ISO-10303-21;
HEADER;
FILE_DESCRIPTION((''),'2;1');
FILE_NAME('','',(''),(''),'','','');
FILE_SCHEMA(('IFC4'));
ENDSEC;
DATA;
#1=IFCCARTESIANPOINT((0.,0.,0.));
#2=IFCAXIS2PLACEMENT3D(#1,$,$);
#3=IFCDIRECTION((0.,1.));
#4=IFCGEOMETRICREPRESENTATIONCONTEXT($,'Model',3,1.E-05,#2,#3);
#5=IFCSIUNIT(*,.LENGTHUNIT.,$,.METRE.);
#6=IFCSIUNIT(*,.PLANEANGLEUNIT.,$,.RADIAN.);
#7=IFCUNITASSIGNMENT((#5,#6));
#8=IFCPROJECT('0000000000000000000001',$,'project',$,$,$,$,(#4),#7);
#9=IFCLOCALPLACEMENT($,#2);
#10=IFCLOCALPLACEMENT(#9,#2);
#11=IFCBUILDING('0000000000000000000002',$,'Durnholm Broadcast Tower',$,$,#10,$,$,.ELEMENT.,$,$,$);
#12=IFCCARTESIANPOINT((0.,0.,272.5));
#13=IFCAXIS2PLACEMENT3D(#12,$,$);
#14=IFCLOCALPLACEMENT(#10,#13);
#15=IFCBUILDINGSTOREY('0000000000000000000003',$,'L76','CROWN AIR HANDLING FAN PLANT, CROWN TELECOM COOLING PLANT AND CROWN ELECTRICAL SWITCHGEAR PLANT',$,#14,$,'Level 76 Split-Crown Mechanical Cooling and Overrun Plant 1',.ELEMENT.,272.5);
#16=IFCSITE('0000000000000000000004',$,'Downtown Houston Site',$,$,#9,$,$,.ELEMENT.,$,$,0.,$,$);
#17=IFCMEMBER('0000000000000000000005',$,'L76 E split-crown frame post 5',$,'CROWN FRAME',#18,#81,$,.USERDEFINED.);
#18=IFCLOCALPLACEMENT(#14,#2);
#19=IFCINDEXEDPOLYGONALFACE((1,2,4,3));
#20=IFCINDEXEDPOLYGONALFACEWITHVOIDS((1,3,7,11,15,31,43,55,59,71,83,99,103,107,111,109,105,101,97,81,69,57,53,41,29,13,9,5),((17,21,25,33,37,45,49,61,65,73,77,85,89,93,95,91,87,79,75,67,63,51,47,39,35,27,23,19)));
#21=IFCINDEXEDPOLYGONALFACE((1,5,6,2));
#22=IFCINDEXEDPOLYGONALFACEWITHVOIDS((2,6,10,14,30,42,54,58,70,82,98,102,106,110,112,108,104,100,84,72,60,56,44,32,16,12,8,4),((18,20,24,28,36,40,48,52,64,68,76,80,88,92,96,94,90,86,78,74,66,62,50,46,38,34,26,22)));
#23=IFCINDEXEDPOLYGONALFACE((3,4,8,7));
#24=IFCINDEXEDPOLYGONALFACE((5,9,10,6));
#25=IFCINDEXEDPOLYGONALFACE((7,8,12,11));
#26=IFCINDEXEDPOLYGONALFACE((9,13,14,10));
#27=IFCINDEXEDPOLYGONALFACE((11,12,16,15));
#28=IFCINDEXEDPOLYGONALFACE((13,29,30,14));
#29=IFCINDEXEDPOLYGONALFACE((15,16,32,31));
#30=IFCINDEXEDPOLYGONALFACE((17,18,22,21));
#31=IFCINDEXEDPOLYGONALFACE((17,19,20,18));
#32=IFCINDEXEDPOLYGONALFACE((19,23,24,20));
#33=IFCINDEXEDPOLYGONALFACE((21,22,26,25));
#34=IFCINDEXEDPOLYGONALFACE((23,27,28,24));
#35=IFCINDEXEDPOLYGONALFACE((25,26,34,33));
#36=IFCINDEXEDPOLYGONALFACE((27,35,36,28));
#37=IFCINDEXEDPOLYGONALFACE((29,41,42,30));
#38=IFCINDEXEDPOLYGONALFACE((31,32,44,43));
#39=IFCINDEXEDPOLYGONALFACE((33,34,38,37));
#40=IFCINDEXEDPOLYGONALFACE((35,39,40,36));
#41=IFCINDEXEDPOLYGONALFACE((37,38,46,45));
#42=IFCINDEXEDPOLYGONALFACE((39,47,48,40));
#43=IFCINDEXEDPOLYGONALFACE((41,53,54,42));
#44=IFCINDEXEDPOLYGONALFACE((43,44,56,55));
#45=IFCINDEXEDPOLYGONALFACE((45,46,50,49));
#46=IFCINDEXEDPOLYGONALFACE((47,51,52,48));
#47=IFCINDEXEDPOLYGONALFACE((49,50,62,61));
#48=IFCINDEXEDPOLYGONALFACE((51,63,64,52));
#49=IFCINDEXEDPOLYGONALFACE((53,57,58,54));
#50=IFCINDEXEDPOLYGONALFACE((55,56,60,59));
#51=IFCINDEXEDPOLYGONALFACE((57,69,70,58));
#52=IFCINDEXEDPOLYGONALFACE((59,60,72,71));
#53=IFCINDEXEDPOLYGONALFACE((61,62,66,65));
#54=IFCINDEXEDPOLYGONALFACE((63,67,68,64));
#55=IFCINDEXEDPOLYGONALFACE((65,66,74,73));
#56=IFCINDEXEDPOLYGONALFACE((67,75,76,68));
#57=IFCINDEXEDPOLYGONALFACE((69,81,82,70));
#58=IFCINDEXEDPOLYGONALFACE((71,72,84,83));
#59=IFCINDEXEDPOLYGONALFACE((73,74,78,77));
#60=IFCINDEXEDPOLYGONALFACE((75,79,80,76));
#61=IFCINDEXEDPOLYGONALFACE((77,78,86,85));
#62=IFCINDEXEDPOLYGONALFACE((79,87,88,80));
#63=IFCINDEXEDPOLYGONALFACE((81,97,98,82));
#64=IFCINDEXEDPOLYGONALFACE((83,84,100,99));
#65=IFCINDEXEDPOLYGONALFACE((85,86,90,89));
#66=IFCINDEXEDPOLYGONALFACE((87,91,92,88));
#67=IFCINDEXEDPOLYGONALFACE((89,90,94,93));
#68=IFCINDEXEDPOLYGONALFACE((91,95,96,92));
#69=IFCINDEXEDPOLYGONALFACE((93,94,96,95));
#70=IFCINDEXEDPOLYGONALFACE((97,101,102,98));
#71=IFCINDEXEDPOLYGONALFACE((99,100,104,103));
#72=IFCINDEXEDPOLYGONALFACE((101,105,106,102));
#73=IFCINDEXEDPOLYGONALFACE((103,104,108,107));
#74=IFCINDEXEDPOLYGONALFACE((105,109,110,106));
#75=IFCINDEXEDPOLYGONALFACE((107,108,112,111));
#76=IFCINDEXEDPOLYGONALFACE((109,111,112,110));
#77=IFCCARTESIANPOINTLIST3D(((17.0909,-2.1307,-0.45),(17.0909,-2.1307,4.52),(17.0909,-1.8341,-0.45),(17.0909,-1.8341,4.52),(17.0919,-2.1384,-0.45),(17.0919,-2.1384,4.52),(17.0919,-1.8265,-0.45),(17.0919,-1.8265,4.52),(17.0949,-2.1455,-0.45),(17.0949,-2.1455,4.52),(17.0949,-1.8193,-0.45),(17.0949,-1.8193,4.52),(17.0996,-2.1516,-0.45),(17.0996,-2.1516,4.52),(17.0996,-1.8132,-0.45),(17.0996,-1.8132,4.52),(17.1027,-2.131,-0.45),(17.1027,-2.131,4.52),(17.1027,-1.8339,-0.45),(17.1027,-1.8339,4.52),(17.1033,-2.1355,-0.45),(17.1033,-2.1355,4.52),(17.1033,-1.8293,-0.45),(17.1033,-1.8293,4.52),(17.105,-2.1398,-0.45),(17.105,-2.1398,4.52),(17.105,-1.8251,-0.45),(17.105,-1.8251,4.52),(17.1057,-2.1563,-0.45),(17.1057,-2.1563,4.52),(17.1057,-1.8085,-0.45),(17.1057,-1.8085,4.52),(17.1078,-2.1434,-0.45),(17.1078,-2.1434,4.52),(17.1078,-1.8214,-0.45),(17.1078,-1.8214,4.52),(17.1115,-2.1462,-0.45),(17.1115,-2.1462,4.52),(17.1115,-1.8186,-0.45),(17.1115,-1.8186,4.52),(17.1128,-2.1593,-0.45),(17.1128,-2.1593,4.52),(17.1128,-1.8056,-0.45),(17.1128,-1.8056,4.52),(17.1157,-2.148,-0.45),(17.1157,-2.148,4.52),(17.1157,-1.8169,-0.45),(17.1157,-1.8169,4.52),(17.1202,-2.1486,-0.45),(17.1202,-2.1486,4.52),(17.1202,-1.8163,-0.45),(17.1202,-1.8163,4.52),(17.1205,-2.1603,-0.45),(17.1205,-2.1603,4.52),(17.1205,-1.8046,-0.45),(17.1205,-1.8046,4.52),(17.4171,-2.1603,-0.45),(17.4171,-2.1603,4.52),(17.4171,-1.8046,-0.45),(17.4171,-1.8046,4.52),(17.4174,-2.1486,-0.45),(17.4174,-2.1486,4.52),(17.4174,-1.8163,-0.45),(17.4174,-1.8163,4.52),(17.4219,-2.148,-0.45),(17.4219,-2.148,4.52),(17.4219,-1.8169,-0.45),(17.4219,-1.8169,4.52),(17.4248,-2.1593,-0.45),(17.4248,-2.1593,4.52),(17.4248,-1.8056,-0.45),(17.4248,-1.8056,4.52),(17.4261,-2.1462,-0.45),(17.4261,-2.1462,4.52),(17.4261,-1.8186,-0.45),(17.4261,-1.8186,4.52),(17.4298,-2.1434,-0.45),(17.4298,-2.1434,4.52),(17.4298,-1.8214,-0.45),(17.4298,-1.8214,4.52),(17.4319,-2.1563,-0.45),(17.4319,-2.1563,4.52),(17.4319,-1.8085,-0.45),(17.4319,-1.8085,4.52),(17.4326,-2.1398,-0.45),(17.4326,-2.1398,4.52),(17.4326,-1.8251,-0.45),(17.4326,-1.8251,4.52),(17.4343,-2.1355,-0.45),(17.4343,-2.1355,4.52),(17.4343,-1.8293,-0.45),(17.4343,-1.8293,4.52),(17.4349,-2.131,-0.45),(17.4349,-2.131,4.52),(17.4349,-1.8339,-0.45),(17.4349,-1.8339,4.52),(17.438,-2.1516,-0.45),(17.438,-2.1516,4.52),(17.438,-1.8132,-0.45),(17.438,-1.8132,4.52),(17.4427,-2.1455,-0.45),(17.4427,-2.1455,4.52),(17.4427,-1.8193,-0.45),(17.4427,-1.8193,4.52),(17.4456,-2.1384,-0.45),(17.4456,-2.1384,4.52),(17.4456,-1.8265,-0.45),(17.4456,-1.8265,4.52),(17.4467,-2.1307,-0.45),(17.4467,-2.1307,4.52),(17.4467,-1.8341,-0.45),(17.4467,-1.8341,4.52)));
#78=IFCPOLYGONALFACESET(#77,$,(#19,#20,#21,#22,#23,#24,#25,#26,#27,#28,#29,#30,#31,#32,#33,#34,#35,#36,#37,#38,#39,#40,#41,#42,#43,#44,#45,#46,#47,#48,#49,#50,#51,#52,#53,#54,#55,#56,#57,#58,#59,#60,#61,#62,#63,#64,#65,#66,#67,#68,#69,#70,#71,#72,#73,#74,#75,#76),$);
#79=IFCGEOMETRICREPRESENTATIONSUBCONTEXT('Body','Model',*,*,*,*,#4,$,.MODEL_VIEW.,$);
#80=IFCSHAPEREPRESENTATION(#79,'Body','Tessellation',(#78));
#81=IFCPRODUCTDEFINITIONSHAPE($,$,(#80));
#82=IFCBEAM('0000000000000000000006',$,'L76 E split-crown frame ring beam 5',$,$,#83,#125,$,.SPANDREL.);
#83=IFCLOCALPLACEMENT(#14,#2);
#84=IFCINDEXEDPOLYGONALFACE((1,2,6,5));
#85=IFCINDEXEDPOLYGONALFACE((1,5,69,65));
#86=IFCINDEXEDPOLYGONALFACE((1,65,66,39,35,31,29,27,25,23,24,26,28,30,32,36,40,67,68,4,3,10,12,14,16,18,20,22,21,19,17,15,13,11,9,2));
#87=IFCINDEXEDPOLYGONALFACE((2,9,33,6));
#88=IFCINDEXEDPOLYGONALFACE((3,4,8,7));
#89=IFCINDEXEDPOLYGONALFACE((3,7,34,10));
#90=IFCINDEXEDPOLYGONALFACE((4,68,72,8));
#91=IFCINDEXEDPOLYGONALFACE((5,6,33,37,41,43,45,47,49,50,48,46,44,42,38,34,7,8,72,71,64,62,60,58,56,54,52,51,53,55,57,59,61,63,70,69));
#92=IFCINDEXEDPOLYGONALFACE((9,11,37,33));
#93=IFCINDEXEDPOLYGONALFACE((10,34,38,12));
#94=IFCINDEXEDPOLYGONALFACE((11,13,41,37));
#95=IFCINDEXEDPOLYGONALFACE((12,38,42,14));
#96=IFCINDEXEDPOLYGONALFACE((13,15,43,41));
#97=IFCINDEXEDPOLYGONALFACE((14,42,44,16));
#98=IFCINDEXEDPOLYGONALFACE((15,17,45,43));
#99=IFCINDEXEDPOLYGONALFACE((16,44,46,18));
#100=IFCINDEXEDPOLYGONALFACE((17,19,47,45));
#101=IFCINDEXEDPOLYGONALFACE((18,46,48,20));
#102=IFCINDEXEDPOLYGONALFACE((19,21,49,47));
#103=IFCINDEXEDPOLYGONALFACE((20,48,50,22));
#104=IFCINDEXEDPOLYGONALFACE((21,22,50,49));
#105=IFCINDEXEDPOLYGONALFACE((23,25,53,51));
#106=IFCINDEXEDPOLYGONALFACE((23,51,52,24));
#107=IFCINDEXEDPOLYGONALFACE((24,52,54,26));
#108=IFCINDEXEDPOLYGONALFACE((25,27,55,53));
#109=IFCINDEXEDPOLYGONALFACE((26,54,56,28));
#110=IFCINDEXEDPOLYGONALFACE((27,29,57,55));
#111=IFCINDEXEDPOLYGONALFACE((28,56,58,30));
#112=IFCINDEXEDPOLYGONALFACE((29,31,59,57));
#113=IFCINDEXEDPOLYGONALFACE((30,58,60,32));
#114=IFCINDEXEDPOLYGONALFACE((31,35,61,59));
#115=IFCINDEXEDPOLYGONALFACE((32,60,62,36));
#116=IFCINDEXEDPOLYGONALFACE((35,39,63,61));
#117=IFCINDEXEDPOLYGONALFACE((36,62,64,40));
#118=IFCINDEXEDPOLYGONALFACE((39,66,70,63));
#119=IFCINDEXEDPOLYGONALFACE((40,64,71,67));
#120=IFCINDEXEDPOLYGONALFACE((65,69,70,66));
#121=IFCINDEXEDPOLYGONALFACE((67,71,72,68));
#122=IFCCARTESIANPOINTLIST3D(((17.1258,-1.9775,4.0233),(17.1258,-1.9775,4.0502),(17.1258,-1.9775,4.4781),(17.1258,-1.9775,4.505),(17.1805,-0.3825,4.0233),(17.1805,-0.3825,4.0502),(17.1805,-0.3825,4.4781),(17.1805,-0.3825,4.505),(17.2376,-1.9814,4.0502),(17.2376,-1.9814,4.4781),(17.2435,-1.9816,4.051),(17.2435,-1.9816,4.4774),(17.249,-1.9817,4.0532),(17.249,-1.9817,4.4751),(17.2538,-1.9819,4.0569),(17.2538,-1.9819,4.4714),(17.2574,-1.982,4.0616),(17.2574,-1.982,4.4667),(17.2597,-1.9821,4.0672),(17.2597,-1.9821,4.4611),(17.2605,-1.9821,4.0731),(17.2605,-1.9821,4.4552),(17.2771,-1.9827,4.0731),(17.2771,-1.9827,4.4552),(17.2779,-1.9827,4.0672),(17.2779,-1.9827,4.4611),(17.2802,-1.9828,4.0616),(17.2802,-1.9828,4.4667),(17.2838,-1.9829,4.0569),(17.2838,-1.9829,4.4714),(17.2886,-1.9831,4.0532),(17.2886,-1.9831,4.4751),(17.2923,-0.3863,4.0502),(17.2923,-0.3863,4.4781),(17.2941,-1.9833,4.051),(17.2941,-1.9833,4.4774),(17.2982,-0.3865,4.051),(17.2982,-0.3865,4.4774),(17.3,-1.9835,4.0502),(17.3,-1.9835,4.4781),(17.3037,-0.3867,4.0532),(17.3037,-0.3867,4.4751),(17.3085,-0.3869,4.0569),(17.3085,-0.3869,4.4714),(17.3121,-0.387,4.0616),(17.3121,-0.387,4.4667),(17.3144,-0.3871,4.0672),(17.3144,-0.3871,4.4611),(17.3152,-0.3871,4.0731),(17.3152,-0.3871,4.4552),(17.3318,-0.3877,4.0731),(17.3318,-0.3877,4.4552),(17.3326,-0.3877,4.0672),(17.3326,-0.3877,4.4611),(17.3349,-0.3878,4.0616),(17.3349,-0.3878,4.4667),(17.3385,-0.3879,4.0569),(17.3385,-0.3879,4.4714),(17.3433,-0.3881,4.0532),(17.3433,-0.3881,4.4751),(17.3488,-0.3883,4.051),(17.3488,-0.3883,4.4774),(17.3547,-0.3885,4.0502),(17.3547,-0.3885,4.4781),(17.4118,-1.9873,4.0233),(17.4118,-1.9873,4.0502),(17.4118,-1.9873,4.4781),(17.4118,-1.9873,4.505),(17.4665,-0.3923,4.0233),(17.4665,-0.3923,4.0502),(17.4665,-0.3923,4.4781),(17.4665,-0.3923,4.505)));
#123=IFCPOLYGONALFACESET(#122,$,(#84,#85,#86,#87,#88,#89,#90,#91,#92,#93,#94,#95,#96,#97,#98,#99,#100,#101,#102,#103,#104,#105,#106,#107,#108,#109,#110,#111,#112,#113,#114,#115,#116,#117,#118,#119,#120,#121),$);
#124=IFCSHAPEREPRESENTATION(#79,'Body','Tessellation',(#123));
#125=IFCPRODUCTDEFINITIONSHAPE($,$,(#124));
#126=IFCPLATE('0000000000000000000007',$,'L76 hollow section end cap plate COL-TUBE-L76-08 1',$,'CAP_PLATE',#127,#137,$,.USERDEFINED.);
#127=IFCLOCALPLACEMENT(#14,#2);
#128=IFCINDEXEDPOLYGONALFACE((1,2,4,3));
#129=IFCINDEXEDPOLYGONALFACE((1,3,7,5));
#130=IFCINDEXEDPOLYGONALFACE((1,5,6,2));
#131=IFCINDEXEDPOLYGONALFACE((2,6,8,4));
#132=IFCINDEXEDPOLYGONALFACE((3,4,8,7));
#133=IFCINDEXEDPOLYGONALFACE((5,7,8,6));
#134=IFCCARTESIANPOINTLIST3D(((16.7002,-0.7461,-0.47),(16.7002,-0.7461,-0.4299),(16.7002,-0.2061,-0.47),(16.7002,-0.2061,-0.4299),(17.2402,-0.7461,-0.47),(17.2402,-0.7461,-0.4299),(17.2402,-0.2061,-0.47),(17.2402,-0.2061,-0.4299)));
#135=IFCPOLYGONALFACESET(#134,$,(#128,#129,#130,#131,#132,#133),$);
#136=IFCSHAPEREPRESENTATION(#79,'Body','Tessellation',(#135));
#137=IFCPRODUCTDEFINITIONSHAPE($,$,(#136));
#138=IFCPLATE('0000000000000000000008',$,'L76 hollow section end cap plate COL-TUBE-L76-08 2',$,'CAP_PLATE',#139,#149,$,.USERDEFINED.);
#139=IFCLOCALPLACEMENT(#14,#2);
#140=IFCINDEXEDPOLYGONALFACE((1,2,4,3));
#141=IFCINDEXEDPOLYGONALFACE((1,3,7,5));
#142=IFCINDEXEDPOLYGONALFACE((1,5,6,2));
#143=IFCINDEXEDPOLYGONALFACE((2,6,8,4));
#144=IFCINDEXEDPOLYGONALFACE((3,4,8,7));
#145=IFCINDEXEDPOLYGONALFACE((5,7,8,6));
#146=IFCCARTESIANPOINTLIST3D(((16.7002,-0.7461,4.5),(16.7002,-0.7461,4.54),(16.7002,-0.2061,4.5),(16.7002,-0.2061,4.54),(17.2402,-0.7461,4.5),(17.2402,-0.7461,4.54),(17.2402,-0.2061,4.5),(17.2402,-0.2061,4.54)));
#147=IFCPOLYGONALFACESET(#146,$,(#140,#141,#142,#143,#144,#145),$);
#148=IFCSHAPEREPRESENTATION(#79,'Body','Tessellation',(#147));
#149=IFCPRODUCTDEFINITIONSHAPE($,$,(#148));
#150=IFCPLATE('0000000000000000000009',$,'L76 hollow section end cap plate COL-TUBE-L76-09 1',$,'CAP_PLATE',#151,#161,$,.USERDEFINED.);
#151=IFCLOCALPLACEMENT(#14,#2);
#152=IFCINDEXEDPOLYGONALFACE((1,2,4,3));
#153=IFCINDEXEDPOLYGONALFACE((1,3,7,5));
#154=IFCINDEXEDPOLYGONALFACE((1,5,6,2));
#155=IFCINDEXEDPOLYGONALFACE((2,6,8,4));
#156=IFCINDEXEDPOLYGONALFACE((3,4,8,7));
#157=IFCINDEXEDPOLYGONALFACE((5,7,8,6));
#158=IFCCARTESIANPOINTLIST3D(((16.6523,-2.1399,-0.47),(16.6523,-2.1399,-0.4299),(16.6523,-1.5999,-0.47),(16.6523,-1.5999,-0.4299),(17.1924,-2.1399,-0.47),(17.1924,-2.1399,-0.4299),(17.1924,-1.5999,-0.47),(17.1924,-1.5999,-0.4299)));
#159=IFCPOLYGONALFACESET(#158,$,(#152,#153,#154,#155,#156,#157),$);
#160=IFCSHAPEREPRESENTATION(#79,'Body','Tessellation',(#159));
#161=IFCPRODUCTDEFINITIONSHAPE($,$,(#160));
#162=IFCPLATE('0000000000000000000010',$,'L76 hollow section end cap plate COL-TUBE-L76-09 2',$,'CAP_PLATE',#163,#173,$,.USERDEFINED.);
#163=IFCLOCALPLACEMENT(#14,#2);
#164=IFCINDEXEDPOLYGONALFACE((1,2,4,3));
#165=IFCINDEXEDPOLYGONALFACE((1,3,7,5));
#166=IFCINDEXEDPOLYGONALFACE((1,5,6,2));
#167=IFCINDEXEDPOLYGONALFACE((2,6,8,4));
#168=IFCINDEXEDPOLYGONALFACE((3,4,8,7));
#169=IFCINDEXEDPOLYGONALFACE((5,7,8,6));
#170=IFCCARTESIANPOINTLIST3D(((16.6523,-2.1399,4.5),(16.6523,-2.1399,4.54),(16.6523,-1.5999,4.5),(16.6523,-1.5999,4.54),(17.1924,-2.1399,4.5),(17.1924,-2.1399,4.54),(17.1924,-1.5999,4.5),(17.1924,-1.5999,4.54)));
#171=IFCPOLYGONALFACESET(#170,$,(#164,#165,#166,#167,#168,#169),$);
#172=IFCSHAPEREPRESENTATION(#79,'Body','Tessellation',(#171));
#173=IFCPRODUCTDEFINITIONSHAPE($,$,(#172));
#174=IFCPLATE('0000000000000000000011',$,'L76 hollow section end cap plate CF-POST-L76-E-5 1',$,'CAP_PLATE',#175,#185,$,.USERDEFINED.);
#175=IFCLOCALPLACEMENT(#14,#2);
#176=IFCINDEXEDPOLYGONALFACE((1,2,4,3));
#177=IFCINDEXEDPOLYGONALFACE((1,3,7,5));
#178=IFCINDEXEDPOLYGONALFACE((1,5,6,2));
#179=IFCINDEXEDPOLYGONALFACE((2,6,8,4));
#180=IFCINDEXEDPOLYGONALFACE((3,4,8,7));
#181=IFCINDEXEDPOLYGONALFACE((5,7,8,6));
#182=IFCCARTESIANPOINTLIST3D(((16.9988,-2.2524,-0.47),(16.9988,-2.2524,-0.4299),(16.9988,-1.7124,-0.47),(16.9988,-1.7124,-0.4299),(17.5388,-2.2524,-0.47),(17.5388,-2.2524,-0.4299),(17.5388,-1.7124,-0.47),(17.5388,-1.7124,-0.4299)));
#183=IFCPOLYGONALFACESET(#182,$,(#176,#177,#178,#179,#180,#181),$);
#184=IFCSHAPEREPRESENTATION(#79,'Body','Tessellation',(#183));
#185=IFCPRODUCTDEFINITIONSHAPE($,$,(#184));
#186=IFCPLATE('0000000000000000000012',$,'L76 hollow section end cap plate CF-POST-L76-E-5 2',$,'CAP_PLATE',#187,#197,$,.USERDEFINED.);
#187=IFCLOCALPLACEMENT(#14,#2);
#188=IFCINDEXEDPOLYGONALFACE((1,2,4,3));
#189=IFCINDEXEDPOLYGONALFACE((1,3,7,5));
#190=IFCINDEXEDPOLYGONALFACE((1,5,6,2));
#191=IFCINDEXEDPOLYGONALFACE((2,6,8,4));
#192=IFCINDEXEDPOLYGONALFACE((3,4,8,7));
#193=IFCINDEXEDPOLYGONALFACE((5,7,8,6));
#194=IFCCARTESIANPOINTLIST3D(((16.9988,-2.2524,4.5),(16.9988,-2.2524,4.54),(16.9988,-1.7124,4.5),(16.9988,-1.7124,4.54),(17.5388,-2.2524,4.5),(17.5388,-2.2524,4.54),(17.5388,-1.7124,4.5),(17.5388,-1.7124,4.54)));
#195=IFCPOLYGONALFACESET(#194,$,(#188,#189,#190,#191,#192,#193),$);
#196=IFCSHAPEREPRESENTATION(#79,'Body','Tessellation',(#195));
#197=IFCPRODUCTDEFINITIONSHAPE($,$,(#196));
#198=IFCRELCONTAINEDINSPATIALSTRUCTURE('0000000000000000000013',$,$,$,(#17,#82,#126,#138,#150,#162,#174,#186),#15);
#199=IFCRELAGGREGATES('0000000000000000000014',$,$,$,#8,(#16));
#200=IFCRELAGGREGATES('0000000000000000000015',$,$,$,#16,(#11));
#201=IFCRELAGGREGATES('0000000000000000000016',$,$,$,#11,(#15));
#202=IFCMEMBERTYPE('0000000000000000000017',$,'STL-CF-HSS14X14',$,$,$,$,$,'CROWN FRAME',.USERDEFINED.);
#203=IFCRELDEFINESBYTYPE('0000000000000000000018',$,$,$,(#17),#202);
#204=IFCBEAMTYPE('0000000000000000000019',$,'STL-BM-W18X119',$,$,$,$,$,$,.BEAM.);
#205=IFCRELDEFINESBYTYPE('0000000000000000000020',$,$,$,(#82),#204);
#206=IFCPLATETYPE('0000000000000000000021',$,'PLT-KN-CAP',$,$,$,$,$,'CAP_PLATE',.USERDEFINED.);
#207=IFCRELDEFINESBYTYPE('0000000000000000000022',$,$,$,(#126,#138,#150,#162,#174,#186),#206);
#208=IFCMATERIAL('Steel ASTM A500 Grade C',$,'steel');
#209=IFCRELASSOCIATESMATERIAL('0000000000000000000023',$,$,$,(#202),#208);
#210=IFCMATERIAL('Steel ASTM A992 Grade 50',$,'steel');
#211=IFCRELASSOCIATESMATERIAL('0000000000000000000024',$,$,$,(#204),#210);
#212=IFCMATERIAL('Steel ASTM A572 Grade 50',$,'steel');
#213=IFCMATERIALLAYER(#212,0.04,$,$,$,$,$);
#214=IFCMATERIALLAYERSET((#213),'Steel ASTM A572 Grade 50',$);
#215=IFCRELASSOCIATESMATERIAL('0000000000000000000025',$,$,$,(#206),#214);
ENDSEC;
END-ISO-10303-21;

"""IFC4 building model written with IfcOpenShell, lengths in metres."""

from ifc_helpers import new_model, si_unit, direction, frame, origin, origin_2d, place, context, subcontext, project, spatial, rectangle, hollow_rectangle, i_section, extrude, source, transform, mapped, material, layer, layer_set, material_profile, profile_set, type_object, type_shapes, element, save


model = new_model("IFC4")

# Units and contexts
model_context = context("Model", 3, precision=1e-05, world=origin(), true_north=direction((0.0, 1.0)))
body_context = subcontext(model_context, "Body", "Model", "MODEL_VIEW")
ifc_project = project(units=[si_unit("LENGTHUNIT", "METRE"), si_unit("PLANEANGLEUNIT", "RADIAN")], contexts=[model_context])

# Site, building, storey
site_placement = place(None, origin())
site = spatial("IfcSite", under=ifc_project, at=site_placement, Name="Downtown Houston Site", CompositionType="ELEMENT", RefElevation=0.0)
building_placement = place(site_placement, origin())
building = spatial("IfcBuilding", under=site, at=building_placement, Name="Durnholm Broadcast Tower", CompositionType="ELEMENT")
storey_placement = place(building_placement, frame((0.0, 0.0, 272.5)))
storey = spatial("IfcBuildingStorey", under=building, at=storey_placement, Name="L76", Description="CROWN AIR HANDLING FAN PLANT, CROWN TELECOM COOLING PLANT AND CROWN ELECTRICAL SWITCHGEAR PLANT", LongName="Level 76 Split-Crown Mechanical Cooling and Overrun Plant 1", CompositionType="ELEMENT", Elevation=272.5)

# Shared definitions
ifc_material_1 = material(Name="Steel ASTM A500 Grade C", Category="steel")

# Shared definitions
ifc_material_2 = material(Name="Steel ASTM A992 Grade 50", Category="steel")

# Member
ifc_material_profile_1 = material_profile(ifc_material_1, hollow_rectangle(XDim=0.3557, YDim=0.3557, WallThickness=0.0117, InnerFilletRadius=0.0176, OuterFilletRadius=0.0295, at=origin_2d()), Name="HSS14X14X1/2")
ifc_profile_set_1 = profile_set([ifc_material_profile_1], Name="Steel ASTM A500 Grade C")
member_type = type_object("IfcMemberType", Name="STL-CF-HSS14X14", ElementType="CROWN FRAME", PredefinedType="USERDEFINED", material=ifc_profile_set_1)
shared_shape_1 = source(origin(), body_context, "Body", "SweptSolid", [
    extrude(hollow_rectangle(XDim=0.3557, YDim=0.3557, WallThickness=0.0117, InnerFilletRadius=0.0176, OuterFilletRadius=0.0295, at=origin_2d()), origin(), (0.0, 0.0, 1.0), 4.97),
])
type_shapes(member_type, [shared_shape_1])
member_placement = place(storey_placement, frame((17.2688, -1.9824, -0.45), z_axis=(0.0, 0.0, 1.0), x_axis=(1.0, 0.0, 0.0)))
element("IfcMember", 1, at=member_placement, inside=storey, type_object=member_type, Name="L76 E split-crown frame post 5", ObjectType="CROWN FRAME", PredefinedType="USERDEFINED", context=body_context, shape_type="MappedRepresentation", body=[
    mapped(shared_shape_1, transform((0.0, 0.0, 0.0), x_axis=(1.0, 0.0, 0.0), y_axis=(0.0, 1.0, 0.0), z_axis=(0.0, 0.0, 1.0), scale=1.0)),
])

# Beam
ifc_material_profile_2 = material_profile(ifc_material_2, i_section(OverallWidth=0.2861, OverallDepth=0.4817, WebThickness=0.0166, FlangeThickness=0.0269, FilletRadius=0.0229, at=origin_2d()), Name="W18X119")
ifc_profile_set_2 = profile_set([ifc_material_profile_2], Name="Steel ASTM A992 Grade 50")
beam_type_1 = type_object("IfcBeamType", Name="STL-BM-W18X119", PredefinedType="BEAM", material=ifc_profile_set_2)
shared_shape_2 = source(origin(), body_context, "Body", "SweptSolid", [
    extrude(i_section(OverallWidth=0.2861, OverallDepth=0.4817, WebThickness=0.0166, FlangeThickness=0.0269, FilletRadius=0.0229, at=origin_2d()), origin(), (0.0, 0.0, 1.0), 1.5959),
])
type_shapes(beam_type_1, [shared_shape_2])
beam_1_placement = place(storey_placement, frame((17.2688, -1.9824, 4.2642), z_axis=(0.034267, 0.999413, 0.0), x_axis=(-0.999413, 0.034267, 0.0)))
element("IfcBeam", 2, at=beam_1_placement, inside=storey, type_object=beam_type_1, Name="L76 E split-crown frame ring beam 5", PredefinedType="SPANDREL", context=body_context, shape_type="MappedRepresentation", body=[
    mapped(shared_shape_2, transform((0.0, 0.0, 0.0), x_axis=(1.0, 0.0, 0.0), y_axis=(0.0, 1.0, 0.0), z_axis=(0.0, 0.0, 1.0), scale=1.0)),
])

# Plates
ifc_material_3 = material(Name="Steel ASTM A572 Grade 50", Category="steel")
ifc_layer_1 = layer(ifc_material_3, 0.04)
ifc_layer_set_1 = layer_set([ifc_layer_1], Name="Steel ASTM A572 Grade 50")
plate_type_1 = type_object("IfcPlateType", Name="PLT-KN-CAP", ElementType="CAP_PLATE", PredefinedType="USERDEFINED", material=ifc_layer_set_1)
shared_shape_3 = source(origin(), body_context, "Body", "SweptSolid", [
    extrude(rectangle(XDim=0.54, YDim=0.54, at=origin_2d()), origin(), (0.0, 0.0, 1.0), 0.04),
])
type_shapes(plate_type_1, [shared_shape_3])
for number, where, z_axis, x_axis, name in (
    (3, (16.9702, -0.4761, -0.47), (0.0, 0.0, 1.0), (1.0, 0.0, 0.0), "L76 hollow section end cap plate COL-TUBE-L76-08 1"),
    (4, (16.9702, -0.4761, 4.5), (0.0, 0.0, 1.0), (1.0, 0.0, 0.0), "L76 hollow section end cap plate COL-TUBE-L76-08 2"),
    (5, (16.9224, -1.8699, -0.47), (0.0, 0.0, 1.0), (1.0, 0.0, 0.0), "L76 hollow section end cap plate COL-TUBE-L76-09 1"),
    (6, (16.9224, -1.8699, 4.5), (0.0, 0.0, 1.0), (1.0, 0.0, 0.0), "L76 hollow section end cap plate COL-TUBE-L76-09 2"),
    (7, (17.2688, -1.9824, -0.47), (0.0, 0.0, 1.0), (1.0, 0.0, 0.0), "L76 hollow section end cap plate CF-POST-L76-E-5 1"),
    (8, (17.2688, -1.9824, 4.5), (0.0, 0.0, 1.0), (1.0, 0.0, 0.0), "L76 hollow section end cap plate CF-POST-L76-E-5 2"),
):
    element("IfcPlate", number, at=place(storey_placement, frame(where, z_axis=z_axis, x_axis=x_axis)), inside=storey, type_object=plate_type_1, Name=name, ObjectType="CAP_PLATE", PredefinedType="USERDEFINED", context=body_context, shape_type="MappedRepresentation", body=[
        mapped(shared_shape_3, transform((0.0, 0.0, 0.0), x_axis=(1.0, 0.0, 0.0), y_axis=(0.0, 1.0, 0.0), z_axis=(0.0, 0.0, 1.0), scale=1.0)),
    ])

save(model, "model.ifc")
